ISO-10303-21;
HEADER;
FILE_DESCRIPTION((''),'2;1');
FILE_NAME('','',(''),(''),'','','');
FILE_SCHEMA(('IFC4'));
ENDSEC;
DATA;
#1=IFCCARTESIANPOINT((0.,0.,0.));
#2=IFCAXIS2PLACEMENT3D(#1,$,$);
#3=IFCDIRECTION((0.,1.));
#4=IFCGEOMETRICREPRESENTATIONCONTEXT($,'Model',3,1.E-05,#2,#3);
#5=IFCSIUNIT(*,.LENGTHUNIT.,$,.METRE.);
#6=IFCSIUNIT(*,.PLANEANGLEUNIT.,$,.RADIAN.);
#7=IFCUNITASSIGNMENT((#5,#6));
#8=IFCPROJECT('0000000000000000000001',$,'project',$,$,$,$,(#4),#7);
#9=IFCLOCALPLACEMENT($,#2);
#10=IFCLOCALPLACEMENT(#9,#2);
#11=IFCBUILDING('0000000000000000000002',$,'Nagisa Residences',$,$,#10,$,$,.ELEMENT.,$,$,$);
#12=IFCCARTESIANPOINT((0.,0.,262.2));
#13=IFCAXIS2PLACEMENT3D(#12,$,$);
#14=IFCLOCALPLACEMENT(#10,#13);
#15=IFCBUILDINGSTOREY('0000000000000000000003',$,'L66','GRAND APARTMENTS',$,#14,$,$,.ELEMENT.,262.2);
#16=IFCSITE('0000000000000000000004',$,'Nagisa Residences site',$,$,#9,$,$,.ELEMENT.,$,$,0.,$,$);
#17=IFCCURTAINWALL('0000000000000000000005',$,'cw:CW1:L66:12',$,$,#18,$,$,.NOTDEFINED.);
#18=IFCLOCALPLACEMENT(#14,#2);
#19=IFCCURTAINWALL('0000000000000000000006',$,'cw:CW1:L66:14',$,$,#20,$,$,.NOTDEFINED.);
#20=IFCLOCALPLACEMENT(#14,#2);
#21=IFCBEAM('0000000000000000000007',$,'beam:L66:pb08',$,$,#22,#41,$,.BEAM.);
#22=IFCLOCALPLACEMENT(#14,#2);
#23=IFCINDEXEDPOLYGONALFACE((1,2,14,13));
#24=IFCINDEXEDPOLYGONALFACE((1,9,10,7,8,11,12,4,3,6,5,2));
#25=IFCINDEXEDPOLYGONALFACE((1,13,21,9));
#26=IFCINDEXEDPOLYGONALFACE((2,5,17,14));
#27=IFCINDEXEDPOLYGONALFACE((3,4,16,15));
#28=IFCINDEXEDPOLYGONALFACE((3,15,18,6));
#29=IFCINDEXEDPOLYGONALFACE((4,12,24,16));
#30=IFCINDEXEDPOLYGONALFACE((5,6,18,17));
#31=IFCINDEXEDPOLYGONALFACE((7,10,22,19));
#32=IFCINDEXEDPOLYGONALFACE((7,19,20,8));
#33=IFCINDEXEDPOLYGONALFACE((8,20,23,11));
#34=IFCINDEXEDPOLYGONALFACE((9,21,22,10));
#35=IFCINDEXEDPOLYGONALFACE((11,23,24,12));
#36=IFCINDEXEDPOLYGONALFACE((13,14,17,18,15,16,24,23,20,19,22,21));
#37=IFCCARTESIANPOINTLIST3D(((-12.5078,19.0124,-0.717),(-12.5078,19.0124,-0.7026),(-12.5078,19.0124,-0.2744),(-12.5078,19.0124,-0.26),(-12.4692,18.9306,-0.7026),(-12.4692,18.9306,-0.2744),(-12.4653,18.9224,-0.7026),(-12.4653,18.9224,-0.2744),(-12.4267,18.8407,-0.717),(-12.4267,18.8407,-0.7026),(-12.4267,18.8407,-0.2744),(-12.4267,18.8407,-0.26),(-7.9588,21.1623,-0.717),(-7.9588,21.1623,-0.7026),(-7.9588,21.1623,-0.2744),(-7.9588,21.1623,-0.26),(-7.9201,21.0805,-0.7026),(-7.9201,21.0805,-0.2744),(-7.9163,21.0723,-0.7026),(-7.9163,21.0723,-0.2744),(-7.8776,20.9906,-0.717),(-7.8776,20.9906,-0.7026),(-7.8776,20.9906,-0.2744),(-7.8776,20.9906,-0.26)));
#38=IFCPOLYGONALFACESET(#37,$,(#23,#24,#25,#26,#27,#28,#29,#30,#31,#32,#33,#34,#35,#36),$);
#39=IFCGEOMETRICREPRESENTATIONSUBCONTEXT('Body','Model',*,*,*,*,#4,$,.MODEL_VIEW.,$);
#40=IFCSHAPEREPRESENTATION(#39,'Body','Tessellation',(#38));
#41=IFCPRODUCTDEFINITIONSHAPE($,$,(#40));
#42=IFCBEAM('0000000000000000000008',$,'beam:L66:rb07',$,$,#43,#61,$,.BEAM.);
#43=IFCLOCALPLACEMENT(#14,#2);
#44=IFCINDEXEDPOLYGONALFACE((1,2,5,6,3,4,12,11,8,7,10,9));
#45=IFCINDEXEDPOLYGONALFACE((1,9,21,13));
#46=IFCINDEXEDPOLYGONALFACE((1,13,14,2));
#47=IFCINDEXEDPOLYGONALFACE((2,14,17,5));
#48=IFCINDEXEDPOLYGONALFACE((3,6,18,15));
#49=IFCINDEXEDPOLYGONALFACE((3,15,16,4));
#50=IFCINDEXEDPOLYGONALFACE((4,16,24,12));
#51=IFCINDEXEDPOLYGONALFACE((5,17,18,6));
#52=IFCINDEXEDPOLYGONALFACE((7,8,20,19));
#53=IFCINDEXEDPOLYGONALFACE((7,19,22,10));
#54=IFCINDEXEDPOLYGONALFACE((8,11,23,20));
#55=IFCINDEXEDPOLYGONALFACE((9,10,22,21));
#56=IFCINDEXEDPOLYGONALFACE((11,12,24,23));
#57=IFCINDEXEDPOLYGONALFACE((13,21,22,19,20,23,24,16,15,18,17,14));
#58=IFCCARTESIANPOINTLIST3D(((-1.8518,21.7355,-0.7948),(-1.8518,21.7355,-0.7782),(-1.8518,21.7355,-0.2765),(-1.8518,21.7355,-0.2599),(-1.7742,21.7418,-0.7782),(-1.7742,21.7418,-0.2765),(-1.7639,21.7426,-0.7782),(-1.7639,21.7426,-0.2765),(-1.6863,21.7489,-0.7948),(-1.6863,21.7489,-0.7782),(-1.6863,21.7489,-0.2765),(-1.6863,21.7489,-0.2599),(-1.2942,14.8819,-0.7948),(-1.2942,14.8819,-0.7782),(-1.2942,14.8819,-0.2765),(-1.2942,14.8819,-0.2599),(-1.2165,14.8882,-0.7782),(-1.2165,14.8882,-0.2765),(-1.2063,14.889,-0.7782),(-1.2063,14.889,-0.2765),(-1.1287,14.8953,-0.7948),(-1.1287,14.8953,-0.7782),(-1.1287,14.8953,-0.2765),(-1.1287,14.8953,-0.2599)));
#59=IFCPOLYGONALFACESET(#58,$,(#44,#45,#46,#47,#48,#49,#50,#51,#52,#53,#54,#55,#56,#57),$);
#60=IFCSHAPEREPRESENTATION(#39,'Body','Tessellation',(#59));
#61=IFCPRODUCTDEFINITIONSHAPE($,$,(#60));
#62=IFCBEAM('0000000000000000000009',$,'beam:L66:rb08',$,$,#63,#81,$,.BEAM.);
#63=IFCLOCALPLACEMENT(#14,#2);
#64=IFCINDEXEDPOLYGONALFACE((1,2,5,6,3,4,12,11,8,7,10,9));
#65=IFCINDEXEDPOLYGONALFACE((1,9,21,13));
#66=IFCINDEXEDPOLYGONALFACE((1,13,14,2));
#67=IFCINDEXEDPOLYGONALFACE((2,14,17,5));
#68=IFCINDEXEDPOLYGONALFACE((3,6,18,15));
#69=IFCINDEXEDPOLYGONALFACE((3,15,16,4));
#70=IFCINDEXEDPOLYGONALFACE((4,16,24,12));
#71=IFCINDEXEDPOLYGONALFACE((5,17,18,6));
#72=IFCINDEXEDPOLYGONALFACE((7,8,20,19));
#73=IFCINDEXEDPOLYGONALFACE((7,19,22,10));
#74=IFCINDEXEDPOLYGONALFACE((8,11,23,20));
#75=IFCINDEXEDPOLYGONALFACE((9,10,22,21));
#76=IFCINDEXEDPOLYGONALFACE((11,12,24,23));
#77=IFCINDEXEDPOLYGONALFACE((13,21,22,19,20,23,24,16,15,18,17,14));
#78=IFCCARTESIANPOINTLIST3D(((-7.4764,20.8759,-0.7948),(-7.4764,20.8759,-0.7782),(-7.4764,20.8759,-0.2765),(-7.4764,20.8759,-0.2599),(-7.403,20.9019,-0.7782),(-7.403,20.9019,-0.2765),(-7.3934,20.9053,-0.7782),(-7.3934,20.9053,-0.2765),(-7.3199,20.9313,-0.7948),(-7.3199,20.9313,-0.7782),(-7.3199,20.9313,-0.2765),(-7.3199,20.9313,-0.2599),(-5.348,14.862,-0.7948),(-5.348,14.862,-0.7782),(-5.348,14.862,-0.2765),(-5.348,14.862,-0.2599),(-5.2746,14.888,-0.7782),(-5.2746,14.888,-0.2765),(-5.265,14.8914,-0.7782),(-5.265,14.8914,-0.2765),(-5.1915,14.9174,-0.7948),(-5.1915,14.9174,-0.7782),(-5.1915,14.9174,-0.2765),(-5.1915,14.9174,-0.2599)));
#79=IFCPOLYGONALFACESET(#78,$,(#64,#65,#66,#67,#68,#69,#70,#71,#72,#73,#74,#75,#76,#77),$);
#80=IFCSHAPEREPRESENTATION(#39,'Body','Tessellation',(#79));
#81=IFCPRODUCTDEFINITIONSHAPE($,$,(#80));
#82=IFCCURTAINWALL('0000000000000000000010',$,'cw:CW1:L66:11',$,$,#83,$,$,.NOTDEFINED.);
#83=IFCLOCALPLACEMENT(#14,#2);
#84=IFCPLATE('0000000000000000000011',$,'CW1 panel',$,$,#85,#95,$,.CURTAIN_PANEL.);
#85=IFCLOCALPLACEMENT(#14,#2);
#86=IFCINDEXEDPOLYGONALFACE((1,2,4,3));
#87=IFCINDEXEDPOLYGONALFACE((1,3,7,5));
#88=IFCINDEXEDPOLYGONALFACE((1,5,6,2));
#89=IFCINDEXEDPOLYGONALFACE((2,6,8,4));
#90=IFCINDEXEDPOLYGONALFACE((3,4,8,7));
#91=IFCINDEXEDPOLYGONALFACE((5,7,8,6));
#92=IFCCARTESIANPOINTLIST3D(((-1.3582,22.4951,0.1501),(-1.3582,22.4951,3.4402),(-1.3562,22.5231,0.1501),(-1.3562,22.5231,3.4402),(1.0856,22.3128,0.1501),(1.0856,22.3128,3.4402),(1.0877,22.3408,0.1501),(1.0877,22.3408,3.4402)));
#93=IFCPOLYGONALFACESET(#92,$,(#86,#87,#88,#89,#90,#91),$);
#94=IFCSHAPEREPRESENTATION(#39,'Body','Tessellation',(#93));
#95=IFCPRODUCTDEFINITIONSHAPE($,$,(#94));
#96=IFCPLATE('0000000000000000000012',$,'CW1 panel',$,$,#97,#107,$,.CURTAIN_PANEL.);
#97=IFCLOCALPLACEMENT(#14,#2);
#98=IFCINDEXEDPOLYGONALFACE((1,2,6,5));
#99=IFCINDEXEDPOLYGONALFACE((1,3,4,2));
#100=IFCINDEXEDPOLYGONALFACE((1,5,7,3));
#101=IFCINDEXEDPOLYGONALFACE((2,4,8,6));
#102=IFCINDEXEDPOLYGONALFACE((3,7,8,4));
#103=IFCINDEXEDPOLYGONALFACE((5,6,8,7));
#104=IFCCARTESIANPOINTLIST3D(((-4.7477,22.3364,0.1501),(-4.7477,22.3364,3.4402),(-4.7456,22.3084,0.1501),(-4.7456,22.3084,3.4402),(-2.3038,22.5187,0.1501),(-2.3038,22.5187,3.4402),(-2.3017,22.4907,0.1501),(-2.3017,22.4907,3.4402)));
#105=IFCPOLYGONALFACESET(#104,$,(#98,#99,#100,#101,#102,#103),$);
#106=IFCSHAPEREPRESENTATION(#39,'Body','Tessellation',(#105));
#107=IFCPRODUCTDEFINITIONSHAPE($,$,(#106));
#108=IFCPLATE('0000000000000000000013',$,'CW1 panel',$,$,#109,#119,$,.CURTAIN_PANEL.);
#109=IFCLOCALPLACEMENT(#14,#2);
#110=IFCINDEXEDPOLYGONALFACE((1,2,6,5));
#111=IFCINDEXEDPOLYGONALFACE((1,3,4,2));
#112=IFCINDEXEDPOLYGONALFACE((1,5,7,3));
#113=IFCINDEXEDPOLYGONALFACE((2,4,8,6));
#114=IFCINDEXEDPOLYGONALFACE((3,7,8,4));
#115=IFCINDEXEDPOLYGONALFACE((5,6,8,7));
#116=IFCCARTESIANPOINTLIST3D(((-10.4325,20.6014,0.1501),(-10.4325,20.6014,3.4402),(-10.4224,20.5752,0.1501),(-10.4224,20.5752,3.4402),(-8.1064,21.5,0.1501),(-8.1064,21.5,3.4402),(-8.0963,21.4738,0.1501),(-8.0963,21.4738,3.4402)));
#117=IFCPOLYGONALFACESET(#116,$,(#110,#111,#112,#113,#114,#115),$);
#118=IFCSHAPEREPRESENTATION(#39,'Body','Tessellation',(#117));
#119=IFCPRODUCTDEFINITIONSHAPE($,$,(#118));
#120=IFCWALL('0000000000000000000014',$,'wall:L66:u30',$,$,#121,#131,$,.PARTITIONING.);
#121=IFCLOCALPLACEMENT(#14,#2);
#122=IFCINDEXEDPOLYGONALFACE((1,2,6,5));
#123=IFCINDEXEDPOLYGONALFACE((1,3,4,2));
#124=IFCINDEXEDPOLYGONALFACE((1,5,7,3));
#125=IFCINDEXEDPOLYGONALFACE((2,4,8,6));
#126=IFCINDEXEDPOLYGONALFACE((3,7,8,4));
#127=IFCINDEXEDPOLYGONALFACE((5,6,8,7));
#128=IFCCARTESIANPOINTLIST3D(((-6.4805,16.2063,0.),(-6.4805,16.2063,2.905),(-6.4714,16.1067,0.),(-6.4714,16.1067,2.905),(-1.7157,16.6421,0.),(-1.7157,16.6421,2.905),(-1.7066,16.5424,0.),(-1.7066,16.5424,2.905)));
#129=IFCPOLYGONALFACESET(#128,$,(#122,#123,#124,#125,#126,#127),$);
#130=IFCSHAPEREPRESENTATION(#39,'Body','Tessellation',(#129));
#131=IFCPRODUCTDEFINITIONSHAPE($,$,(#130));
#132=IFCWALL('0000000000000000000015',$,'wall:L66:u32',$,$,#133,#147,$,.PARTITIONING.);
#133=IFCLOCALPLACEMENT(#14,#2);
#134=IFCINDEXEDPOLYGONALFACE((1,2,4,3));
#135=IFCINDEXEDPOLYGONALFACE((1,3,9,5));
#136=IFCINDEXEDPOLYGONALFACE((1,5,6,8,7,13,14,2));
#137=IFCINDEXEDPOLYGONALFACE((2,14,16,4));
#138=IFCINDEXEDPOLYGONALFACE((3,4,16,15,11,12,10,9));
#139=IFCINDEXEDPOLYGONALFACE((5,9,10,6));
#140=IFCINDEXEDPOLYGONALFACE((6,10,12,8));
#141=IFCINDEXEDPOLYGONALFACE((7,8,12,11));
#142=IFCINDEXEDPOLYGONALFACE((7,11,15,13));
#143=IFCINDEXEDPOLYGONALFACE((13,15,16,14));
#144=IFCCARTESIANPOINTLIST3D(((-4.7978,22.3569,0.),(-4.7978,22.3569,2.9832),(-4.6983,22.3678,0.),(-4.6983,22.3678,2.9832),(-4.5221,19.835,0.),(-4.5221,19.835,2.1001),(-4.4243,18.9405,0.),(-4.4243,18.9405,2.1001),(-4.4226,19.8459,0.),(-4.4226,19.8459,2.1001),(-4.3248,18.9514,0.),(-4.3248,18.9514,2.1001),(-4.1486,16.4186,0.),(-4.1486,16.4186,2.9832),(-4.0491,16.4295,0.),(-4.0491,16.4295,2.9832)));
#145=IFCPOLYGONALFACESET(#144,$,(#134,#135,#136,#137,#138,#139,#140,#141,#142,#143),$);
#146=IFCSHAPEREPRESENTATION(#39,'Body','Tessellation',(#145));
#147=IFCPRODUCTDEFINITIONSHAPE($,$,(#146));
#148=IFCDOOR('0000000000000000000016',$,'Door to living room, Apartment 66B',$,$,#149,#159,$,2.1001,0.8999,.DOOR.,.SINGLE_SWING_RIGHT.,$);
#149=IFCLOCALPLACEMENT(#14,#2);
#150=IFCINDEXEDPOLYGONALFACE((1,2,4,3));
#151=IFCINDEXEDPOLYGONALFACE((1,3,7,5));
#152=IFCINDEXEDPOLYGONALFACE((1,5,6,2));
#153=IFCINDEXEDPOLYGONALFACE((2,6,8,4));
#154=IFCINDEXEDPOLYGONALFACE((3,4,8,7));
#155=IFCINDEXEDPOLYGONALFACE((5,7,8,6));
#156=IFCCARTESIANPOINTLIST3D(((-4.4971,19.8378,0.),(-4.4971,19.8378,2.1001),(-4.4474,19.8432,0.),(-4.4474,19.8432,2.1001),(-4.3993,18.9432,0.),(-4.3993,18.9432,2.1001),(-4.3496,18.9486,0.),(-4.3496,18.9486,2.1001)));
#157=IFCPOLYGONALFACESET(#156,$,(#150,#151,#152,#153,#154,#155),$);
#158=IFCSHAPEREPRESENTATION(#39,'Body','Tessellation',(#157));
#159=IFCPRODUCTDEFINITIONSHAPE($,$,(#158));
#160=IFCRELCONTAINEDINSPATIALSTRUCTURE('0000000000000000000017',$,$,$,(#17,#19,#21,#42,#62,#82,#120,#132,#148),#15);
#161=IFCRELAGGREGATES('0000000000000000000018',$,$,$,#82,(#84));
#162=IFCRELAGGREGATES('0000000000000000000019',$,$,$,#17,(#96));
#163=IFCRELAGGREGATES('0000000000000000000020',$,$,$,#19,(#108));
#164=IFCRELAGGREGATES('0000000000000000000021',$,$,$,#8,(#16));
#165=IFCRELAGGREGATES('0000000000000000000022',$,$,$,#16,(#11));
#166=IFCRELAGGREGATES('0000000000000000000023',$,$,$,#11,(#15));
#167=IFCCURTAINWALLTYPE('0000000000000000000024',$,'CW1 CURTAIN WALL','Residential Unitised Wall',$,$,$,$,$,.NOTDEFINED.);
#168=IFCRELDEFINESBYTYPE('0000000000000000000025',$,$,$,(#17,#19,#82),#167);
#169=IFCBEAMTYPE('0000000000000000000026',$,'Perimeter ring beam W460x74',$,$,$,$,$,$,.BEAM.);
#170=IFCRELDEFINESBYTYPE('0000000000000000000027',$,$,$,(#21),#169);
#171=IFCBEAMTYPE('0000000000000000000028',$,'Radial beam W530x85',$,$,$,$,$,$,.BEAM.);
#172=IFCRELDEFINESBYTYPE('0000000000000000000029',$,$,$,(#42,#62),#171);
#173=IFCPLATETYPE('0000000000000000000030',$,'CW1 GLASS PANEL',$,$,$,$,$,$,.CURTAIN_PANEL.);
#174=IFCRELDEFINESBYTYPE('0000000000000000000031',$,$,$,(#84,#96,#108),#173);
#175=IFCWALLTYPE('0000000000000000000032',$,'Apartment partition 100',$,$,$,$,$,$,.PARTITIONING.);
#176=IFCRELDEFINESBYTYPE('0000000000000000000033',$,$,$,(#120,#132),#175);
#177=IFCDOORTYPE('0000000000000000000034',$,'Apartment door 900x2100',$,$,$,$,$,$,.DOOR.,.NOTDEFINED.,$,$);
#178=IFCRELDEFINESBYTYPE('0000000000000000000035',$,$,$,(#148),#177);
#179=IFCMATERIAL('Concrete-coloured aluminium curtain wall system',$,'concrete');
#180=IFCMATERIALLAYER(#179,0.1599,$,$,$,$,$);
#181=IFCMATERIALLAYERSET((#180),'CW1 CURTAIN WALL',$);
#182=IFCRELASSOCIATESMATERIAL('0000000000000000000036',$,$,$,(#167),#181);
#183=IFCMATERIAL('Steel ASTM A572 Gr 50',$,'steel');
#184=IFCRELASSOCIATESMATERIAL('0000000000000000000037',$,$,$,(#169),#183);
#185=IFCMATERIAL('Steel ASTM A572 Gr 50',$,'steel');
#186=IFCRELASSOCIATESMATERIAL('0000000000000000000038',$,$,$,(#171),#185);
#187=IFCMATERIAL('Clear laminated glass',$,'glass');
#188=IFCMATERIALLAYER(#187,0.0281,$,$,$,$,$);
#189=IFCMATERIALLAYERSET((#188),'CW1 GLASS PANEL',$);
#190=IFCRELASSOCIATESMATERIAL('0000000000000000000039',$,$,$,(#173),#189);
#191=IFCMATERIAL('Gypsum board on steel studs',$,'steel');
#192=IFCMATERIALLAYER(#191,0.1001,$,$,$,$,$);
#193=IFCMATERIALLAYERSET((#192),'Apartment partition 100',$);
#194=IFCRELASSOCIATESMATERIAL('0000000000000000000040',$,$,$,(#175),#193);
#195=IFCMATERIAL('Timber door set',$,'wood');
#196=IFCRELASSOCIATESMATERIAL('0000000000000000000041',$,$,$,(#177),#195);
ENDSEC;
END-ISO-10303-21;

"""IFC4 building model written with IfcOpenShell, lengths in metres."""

from ifc_helpers import new_model, si_unit, direction, frame, frame_2d, origin, origin_2d, place, context, subcontext, project, spatial, rectangle, i_section, extrude, material, layer, layer_set, material_profile, profile_set, type_object, element, fill, aggregate, save


model = new_model("IFC4")

# Units and contexts
model_context = context("Model", 3, precision=1e-05, world=origin(), true_north=direction((0.0, 1.0)))
body_context = subcontext(model_context, "Body", "Model", "MODEL_VIEW")
ifc_project = project(units=[si_unit("LENGTHUNIT", "METRE"), si_unit("PLANEANGLEUNIT", "RADIAN")], contexts=[model_context])

# Site, building, storey
site_placement = place(None, origin())
site = spatial("IfcSite", under=ifc_project, at=site_placement, Name="Nagisa Residences site", CompositionType="ELEMENT", RefElevation=0.0)
building_placement = place(site_placement, origin())
building = spatial("IfcBuilding", under=site, at=building_placement, Name="Nagisa Residences", CompositionType="ELEMENT")
storey_placement = place(building_placement, frame((0.0, 0.0, 262.2)))
storey = spatial("IfcBuildingStorey", under=building, at=storey_placement, Name="L66", Description="GRAND APARTMENTS", CompositionType="ELEMENT", Elevation=262.2)

# Curtain walls
ifc_material_1 = material(Name="Concrete-coloured aluminium curtain wall system", Category="concrete")
ifc_layer_1 = layer(ifc_material_1, 0.1599)
ifc_layer_set_1 = layer_set([ifc_layer_1], Name="CW1 CURTAIN WALL")
curtain_wall_type = type_object("IfcCurtainWallType", Name="CW1 CURTAIN WALL", Description="Residential Unitised Wall", PredefinedType="NOTDEFINED", material=ifc_layer_set_1)
curtain_wall_1_placement = place(storey_placement, origin())
curtain_wall_1 = element("IfcCurtainWall", 1, at=curtain_wall_1_placement, inside=storey, type_object=curtain_wall_type, Name="cw:CW1:L66:12", PredefinedType="NOTDEFINED")
curtain_wall_2_placement = place(storey_placement, origin())
curtain_wall_2 = element("IfcCurtainWall", 2, at=curtain_wall_2_placement, inside=storey, type_object=curtain_wall_type, Name="cw:CW1:L66:14", PredefinedType="NOTDEFINED")

# Beams
ifc_material_2 = material(Name="Steel ASTM A572 Gr 50", Category="steel")
ifc_material_profile_1 = material_profile(ifc_material_2, i_section(OverallWidth=0.1899, OverallDepth=0.457, WebThickness=0.009, FlangeThickness=0.0144, at=origin_2d()), Name="W460x74")
ifc_profile_set_1 = profile_set([ifc_material_profile_1], Name="Steel ASTM A572 Gr 50")
beam_type_1 = type_object("IfcBeamType", Name="Perimeter ring beam W460x74", PredefinedType="BEAM", material=ifc_profile_set_1)
beam_1_placement = place(storey_placement, frame((-7.9182, 21.0764, -0.4885), z_axis=(-0.904116, -0.427287, 0.0), x_axis=(0.427287, -0.904116, 0.0)))
element("IfcBeam", 3, at=beam_1_placement, inside=storey, type_object=beam_type_1, Name="beam:L66:pb08", PredefinedType="BEAM", context=body_context, shape_type="SweptSolid", body=[
    extrude(i_section(OverallWidth=0.1899, OverallDepth=0.457, WebThickness=0.009, FlangeThickness=0.0144, at=origin_2d()), origin(), (0.0, 0.0, 1.0), 5.0315),
])
ifc_material_3 = material(Name="Steel ASTM A572 Gr 50", Category="steel")
ifc_material_profile_2 = material_profile(ifc_material_3, i_section(OverallWidth=0.166, OverallDepth=0.5349, WebThickness=0.0103, FlangeThickness=0.0166, at=origin_2d()), Name="W530x85")
ifc_profile_set_2 = profile_set([ifc_material_profile_2], Name="Steel ASTM A572 Gr 50")
beam_type_2 = type_object("IfcBeamType", Name="Radial beam W530x85", PredefinedType="BEAM", material=ifc_profile_set_2)
beam_2_placement = place(storey_placement, frame((-1.769, 21.7422, -0.5273), z_axis=(0.081094, -0.996706, 0.0), x_axis=(0.996706, 0.081094, 0.0)))
element("IfcBeam", 4, at=beam_2_placement, inside=storey, type_object=beam_type_2, Name="beam:L66:rb07", PredefinedType="BEAM", context=body_context, shape_type="SweptSolid", body=[
    extrude(i_section(OverallWidth=0.166, OverallDepth=0.5349, WebThickness=0.0103, FlangeThickness=0.0166, at=origin_2d()), origin(), (0.0, 0.0, 1.0), 6.8762),
])
beam_3_placement = place(storey_placement, frame((-7.3982, 20.9036, -0.5273), z_axis=(0.333637, -0.942702, 0.0), x_axis=(0.942702, 0.333637, 0.0)))
element("IfcBeam", 5, at=beam_3_placement, inside=storey, type_object=beam_type_2, Name="beam:L66:rb08", PredefinedType="BEAM", context=body_context, shape_type="SweptSolid", body=[
    extrude(i_section(OverallWidth=0.166, OverallDepth=0.5349, WebThickness=0.0103, FlangeThickness=0.0166, at=origin_2d()), origin(), (0.0, 0.0, 1.0), 6.3794),
])

# Curtain wall, plate
curtain_wall_3_placement = place(storey_placement, origin())
curtain_wall_3 = element("IfcCurtainWall", 6, at=curtain_wall_3_placement, inside=storey, type_object=curtain_wall_type, Name="cw:CW1:L66:11", PredefinedType="NOTDEFINED")
ifc_material_4 = material(Name="Clear laminated glass", Category="glass")
ifc_layer_2 = layer(ifc_material_4, 0.0281)
ifc_layer_set_2 = layer_set([ifc_layer_2], Name="CW1 GLASS PANEL")
plate_type = type_object("IfcPlateType", Name="CW1 GLASS PANEL", PredefinedType="CURTAIN_PANEL", material=ifc_layer_set_2)
plate_1_placement = place(storey_placement, frame((-0.1353, 22.418, 0.1501), z_axis=(0.0, 0.0, 1.0), x_axis=(-0.99723, 0.074377, 0.0)))
plate_1 = element("IfcPlate", 7, at=plate_1_placement, type_object=plate_type, Name="CW1 panel", PredefinedType="CURTAIN_PANEL", context=body_context, shape_type="SweptSolid", body=[
    extrude(rectangle(XDim=2.4507, YDim=0.0281, at=origin_2d()), origin(), (0.0, 0.0, 1.0), 3.29),
])
aggregate(curtain_wall_3, [plate_1])

# Plates
plate_2_placement = place(storey_placement, frame((-3.5247, 22.4136, 0.1501), z_axis=(0.0, 0.0, 1.0), x_axis=(-0.99723, -0.074377, 0.0)))
plate_2 = element("IfcPlate", 8, at=plate_2_placement, type_object=plate_type, Name="CW1 panel", PredefinedType="CURTAIN_PANEL", context=body_context, shape_type="SweptSolid", body=[
    extrude(rectangle(XDim=2.4507, YDim=0.0281, at=origin_2d()), origin(), (0.0, 0.0, 1.0), 3.29),
])
aggregate(curtain_wall_1, [plate_2])
plate_3_placement = place(storey_placement, frame((-9.2644, 21.0376, 0.1501), z_axis=(0.0, 0.0, 1.0), x_axis=(-0.932826, -0.360328, 0.0)))
plate_3 = element("IfcPlate", 9, at=plate_3_placement, type_object=plate_type, Name="CW1 panel", PredefinedType="CURTAIN_PANEL", context=body_context, shape_type="SweptSolid", body=[
    extrude(rectangle(XDim=2.4937, YDim=0.0281, at=origin_2d()), origin(), (0.0, 0.0, 1.0), 3.29),
])
aggregate(curtain_wall_2, [plate_3])

# Wall
ifc_material_5 = material(Name="Gypsum board on steel studs", Category="steel")
ifc_layer_3 = layer(ifc_material_5, 0.1001)
ifc_layer_set_3 = layer_set([ifc_layer_3], Name="Apartment partition 100")
wall_type_1 = type_object("IfcWallType", Name="Apartment partition 100", PredefinedType="PARTITIONING", material=ifc_layer_set_3)
wall_1_placement = place(storey_placement, frame((-1.7112, 16.5923, 0.0), z_axis=(0.0, 0.0, 1.0), x_axis=(-0.995844, -0.091079, 0.0)))
element("IfcWall", 10, at=wall_1_placement, inside=storey, type_object=wall_type_1, Name="wall:L66:u30", PredefinedType="PARTITIONING", context=body_context, shape_type="SweptSolid", body=[
    extrude(rectangle(XDim=4.7847, YDim=0.1001, at=frame_2d((2.3923, 0.0))), origin(), (0.0, 0.0, 1.0), 2.905),
])

# Wall, opening, door
wall_2_placement = place(storey_placement, frame((-4.0989, 16.4241, 0.0), z_axis=(0.0, 0.0, 1.0), x_axis=(-0.108673, 0.994078, 0.0)))
wall_2 = element("IfcWall", 11, at=wall_2_placement, inside=storey, type_object=wall_type_1, Name="wall:L66:u32", PredefinedType="PARTITIONING", context=body_context, shape_type="SweptSolid", body=[
    extrude(rectangle(XDim=5.9736, YDim=0.1001, at=frame_2d((2.9868, 0.0))), origin(), (0.0, 0.0, 1.0), 2.9832),
])
opening_1_placement = place(wall_2_placement, frame((2.5369, 0.0, 0.0)))
opening_1 = element("IfcOpeningElement", 12, at=opening_1_placement, cuts=wall_2, PredefinedType="OPENING", context=body_context, shape_type="SweptSolid", body=[
    extrude(rectangle(XDim=0.8999, YDim=2.1001, at=frame_2d((0.45, 1.05))), frame((0.0, 0.0601, 0.0), z_axis=(0.0, -1.0, 0.0), x_axis=(1.0, 0.0, 0.0)), (0.0, 0.0, 1.0), 0.1201),
])
ifc_material_6 = material(Name="Timber door set", Category="wood")
door_type_1 = type_object("IfcDoorType", Name="Apartment door 900x2100", OperationType="NOTDEFINED", PredefinedType="DOOR", material=ifc_material_6)
door_1_placement = place(opening_1_placement, origin())
door_1 = element("IfcDoor", 13, at=door_1_placement, inside=storey, type_object=door_type_1, Name="Door to living room, Apartment 66B", OperationType="SINGLE_SWING_RIGHT", OverallHeight=2.1001, OverallWidth=0.8999, PredefinedType="DOOR", context=body_context, shape_type="SweptSolid", body=[
    extrude(rectangle(XDim=0.8999, YDim=2.1001, at=frame_2d((0.45, 1.05))), frame((0.0, 0.0249, 0.0), z_axis=(0.0, -1.0, 0.0), x_axis=(1.0, 0.0, 0.0)), (0.0, 0.0, 1.0), 0.05),
])
fill(opening_1, door_1)

save(model, "model.ifc")
